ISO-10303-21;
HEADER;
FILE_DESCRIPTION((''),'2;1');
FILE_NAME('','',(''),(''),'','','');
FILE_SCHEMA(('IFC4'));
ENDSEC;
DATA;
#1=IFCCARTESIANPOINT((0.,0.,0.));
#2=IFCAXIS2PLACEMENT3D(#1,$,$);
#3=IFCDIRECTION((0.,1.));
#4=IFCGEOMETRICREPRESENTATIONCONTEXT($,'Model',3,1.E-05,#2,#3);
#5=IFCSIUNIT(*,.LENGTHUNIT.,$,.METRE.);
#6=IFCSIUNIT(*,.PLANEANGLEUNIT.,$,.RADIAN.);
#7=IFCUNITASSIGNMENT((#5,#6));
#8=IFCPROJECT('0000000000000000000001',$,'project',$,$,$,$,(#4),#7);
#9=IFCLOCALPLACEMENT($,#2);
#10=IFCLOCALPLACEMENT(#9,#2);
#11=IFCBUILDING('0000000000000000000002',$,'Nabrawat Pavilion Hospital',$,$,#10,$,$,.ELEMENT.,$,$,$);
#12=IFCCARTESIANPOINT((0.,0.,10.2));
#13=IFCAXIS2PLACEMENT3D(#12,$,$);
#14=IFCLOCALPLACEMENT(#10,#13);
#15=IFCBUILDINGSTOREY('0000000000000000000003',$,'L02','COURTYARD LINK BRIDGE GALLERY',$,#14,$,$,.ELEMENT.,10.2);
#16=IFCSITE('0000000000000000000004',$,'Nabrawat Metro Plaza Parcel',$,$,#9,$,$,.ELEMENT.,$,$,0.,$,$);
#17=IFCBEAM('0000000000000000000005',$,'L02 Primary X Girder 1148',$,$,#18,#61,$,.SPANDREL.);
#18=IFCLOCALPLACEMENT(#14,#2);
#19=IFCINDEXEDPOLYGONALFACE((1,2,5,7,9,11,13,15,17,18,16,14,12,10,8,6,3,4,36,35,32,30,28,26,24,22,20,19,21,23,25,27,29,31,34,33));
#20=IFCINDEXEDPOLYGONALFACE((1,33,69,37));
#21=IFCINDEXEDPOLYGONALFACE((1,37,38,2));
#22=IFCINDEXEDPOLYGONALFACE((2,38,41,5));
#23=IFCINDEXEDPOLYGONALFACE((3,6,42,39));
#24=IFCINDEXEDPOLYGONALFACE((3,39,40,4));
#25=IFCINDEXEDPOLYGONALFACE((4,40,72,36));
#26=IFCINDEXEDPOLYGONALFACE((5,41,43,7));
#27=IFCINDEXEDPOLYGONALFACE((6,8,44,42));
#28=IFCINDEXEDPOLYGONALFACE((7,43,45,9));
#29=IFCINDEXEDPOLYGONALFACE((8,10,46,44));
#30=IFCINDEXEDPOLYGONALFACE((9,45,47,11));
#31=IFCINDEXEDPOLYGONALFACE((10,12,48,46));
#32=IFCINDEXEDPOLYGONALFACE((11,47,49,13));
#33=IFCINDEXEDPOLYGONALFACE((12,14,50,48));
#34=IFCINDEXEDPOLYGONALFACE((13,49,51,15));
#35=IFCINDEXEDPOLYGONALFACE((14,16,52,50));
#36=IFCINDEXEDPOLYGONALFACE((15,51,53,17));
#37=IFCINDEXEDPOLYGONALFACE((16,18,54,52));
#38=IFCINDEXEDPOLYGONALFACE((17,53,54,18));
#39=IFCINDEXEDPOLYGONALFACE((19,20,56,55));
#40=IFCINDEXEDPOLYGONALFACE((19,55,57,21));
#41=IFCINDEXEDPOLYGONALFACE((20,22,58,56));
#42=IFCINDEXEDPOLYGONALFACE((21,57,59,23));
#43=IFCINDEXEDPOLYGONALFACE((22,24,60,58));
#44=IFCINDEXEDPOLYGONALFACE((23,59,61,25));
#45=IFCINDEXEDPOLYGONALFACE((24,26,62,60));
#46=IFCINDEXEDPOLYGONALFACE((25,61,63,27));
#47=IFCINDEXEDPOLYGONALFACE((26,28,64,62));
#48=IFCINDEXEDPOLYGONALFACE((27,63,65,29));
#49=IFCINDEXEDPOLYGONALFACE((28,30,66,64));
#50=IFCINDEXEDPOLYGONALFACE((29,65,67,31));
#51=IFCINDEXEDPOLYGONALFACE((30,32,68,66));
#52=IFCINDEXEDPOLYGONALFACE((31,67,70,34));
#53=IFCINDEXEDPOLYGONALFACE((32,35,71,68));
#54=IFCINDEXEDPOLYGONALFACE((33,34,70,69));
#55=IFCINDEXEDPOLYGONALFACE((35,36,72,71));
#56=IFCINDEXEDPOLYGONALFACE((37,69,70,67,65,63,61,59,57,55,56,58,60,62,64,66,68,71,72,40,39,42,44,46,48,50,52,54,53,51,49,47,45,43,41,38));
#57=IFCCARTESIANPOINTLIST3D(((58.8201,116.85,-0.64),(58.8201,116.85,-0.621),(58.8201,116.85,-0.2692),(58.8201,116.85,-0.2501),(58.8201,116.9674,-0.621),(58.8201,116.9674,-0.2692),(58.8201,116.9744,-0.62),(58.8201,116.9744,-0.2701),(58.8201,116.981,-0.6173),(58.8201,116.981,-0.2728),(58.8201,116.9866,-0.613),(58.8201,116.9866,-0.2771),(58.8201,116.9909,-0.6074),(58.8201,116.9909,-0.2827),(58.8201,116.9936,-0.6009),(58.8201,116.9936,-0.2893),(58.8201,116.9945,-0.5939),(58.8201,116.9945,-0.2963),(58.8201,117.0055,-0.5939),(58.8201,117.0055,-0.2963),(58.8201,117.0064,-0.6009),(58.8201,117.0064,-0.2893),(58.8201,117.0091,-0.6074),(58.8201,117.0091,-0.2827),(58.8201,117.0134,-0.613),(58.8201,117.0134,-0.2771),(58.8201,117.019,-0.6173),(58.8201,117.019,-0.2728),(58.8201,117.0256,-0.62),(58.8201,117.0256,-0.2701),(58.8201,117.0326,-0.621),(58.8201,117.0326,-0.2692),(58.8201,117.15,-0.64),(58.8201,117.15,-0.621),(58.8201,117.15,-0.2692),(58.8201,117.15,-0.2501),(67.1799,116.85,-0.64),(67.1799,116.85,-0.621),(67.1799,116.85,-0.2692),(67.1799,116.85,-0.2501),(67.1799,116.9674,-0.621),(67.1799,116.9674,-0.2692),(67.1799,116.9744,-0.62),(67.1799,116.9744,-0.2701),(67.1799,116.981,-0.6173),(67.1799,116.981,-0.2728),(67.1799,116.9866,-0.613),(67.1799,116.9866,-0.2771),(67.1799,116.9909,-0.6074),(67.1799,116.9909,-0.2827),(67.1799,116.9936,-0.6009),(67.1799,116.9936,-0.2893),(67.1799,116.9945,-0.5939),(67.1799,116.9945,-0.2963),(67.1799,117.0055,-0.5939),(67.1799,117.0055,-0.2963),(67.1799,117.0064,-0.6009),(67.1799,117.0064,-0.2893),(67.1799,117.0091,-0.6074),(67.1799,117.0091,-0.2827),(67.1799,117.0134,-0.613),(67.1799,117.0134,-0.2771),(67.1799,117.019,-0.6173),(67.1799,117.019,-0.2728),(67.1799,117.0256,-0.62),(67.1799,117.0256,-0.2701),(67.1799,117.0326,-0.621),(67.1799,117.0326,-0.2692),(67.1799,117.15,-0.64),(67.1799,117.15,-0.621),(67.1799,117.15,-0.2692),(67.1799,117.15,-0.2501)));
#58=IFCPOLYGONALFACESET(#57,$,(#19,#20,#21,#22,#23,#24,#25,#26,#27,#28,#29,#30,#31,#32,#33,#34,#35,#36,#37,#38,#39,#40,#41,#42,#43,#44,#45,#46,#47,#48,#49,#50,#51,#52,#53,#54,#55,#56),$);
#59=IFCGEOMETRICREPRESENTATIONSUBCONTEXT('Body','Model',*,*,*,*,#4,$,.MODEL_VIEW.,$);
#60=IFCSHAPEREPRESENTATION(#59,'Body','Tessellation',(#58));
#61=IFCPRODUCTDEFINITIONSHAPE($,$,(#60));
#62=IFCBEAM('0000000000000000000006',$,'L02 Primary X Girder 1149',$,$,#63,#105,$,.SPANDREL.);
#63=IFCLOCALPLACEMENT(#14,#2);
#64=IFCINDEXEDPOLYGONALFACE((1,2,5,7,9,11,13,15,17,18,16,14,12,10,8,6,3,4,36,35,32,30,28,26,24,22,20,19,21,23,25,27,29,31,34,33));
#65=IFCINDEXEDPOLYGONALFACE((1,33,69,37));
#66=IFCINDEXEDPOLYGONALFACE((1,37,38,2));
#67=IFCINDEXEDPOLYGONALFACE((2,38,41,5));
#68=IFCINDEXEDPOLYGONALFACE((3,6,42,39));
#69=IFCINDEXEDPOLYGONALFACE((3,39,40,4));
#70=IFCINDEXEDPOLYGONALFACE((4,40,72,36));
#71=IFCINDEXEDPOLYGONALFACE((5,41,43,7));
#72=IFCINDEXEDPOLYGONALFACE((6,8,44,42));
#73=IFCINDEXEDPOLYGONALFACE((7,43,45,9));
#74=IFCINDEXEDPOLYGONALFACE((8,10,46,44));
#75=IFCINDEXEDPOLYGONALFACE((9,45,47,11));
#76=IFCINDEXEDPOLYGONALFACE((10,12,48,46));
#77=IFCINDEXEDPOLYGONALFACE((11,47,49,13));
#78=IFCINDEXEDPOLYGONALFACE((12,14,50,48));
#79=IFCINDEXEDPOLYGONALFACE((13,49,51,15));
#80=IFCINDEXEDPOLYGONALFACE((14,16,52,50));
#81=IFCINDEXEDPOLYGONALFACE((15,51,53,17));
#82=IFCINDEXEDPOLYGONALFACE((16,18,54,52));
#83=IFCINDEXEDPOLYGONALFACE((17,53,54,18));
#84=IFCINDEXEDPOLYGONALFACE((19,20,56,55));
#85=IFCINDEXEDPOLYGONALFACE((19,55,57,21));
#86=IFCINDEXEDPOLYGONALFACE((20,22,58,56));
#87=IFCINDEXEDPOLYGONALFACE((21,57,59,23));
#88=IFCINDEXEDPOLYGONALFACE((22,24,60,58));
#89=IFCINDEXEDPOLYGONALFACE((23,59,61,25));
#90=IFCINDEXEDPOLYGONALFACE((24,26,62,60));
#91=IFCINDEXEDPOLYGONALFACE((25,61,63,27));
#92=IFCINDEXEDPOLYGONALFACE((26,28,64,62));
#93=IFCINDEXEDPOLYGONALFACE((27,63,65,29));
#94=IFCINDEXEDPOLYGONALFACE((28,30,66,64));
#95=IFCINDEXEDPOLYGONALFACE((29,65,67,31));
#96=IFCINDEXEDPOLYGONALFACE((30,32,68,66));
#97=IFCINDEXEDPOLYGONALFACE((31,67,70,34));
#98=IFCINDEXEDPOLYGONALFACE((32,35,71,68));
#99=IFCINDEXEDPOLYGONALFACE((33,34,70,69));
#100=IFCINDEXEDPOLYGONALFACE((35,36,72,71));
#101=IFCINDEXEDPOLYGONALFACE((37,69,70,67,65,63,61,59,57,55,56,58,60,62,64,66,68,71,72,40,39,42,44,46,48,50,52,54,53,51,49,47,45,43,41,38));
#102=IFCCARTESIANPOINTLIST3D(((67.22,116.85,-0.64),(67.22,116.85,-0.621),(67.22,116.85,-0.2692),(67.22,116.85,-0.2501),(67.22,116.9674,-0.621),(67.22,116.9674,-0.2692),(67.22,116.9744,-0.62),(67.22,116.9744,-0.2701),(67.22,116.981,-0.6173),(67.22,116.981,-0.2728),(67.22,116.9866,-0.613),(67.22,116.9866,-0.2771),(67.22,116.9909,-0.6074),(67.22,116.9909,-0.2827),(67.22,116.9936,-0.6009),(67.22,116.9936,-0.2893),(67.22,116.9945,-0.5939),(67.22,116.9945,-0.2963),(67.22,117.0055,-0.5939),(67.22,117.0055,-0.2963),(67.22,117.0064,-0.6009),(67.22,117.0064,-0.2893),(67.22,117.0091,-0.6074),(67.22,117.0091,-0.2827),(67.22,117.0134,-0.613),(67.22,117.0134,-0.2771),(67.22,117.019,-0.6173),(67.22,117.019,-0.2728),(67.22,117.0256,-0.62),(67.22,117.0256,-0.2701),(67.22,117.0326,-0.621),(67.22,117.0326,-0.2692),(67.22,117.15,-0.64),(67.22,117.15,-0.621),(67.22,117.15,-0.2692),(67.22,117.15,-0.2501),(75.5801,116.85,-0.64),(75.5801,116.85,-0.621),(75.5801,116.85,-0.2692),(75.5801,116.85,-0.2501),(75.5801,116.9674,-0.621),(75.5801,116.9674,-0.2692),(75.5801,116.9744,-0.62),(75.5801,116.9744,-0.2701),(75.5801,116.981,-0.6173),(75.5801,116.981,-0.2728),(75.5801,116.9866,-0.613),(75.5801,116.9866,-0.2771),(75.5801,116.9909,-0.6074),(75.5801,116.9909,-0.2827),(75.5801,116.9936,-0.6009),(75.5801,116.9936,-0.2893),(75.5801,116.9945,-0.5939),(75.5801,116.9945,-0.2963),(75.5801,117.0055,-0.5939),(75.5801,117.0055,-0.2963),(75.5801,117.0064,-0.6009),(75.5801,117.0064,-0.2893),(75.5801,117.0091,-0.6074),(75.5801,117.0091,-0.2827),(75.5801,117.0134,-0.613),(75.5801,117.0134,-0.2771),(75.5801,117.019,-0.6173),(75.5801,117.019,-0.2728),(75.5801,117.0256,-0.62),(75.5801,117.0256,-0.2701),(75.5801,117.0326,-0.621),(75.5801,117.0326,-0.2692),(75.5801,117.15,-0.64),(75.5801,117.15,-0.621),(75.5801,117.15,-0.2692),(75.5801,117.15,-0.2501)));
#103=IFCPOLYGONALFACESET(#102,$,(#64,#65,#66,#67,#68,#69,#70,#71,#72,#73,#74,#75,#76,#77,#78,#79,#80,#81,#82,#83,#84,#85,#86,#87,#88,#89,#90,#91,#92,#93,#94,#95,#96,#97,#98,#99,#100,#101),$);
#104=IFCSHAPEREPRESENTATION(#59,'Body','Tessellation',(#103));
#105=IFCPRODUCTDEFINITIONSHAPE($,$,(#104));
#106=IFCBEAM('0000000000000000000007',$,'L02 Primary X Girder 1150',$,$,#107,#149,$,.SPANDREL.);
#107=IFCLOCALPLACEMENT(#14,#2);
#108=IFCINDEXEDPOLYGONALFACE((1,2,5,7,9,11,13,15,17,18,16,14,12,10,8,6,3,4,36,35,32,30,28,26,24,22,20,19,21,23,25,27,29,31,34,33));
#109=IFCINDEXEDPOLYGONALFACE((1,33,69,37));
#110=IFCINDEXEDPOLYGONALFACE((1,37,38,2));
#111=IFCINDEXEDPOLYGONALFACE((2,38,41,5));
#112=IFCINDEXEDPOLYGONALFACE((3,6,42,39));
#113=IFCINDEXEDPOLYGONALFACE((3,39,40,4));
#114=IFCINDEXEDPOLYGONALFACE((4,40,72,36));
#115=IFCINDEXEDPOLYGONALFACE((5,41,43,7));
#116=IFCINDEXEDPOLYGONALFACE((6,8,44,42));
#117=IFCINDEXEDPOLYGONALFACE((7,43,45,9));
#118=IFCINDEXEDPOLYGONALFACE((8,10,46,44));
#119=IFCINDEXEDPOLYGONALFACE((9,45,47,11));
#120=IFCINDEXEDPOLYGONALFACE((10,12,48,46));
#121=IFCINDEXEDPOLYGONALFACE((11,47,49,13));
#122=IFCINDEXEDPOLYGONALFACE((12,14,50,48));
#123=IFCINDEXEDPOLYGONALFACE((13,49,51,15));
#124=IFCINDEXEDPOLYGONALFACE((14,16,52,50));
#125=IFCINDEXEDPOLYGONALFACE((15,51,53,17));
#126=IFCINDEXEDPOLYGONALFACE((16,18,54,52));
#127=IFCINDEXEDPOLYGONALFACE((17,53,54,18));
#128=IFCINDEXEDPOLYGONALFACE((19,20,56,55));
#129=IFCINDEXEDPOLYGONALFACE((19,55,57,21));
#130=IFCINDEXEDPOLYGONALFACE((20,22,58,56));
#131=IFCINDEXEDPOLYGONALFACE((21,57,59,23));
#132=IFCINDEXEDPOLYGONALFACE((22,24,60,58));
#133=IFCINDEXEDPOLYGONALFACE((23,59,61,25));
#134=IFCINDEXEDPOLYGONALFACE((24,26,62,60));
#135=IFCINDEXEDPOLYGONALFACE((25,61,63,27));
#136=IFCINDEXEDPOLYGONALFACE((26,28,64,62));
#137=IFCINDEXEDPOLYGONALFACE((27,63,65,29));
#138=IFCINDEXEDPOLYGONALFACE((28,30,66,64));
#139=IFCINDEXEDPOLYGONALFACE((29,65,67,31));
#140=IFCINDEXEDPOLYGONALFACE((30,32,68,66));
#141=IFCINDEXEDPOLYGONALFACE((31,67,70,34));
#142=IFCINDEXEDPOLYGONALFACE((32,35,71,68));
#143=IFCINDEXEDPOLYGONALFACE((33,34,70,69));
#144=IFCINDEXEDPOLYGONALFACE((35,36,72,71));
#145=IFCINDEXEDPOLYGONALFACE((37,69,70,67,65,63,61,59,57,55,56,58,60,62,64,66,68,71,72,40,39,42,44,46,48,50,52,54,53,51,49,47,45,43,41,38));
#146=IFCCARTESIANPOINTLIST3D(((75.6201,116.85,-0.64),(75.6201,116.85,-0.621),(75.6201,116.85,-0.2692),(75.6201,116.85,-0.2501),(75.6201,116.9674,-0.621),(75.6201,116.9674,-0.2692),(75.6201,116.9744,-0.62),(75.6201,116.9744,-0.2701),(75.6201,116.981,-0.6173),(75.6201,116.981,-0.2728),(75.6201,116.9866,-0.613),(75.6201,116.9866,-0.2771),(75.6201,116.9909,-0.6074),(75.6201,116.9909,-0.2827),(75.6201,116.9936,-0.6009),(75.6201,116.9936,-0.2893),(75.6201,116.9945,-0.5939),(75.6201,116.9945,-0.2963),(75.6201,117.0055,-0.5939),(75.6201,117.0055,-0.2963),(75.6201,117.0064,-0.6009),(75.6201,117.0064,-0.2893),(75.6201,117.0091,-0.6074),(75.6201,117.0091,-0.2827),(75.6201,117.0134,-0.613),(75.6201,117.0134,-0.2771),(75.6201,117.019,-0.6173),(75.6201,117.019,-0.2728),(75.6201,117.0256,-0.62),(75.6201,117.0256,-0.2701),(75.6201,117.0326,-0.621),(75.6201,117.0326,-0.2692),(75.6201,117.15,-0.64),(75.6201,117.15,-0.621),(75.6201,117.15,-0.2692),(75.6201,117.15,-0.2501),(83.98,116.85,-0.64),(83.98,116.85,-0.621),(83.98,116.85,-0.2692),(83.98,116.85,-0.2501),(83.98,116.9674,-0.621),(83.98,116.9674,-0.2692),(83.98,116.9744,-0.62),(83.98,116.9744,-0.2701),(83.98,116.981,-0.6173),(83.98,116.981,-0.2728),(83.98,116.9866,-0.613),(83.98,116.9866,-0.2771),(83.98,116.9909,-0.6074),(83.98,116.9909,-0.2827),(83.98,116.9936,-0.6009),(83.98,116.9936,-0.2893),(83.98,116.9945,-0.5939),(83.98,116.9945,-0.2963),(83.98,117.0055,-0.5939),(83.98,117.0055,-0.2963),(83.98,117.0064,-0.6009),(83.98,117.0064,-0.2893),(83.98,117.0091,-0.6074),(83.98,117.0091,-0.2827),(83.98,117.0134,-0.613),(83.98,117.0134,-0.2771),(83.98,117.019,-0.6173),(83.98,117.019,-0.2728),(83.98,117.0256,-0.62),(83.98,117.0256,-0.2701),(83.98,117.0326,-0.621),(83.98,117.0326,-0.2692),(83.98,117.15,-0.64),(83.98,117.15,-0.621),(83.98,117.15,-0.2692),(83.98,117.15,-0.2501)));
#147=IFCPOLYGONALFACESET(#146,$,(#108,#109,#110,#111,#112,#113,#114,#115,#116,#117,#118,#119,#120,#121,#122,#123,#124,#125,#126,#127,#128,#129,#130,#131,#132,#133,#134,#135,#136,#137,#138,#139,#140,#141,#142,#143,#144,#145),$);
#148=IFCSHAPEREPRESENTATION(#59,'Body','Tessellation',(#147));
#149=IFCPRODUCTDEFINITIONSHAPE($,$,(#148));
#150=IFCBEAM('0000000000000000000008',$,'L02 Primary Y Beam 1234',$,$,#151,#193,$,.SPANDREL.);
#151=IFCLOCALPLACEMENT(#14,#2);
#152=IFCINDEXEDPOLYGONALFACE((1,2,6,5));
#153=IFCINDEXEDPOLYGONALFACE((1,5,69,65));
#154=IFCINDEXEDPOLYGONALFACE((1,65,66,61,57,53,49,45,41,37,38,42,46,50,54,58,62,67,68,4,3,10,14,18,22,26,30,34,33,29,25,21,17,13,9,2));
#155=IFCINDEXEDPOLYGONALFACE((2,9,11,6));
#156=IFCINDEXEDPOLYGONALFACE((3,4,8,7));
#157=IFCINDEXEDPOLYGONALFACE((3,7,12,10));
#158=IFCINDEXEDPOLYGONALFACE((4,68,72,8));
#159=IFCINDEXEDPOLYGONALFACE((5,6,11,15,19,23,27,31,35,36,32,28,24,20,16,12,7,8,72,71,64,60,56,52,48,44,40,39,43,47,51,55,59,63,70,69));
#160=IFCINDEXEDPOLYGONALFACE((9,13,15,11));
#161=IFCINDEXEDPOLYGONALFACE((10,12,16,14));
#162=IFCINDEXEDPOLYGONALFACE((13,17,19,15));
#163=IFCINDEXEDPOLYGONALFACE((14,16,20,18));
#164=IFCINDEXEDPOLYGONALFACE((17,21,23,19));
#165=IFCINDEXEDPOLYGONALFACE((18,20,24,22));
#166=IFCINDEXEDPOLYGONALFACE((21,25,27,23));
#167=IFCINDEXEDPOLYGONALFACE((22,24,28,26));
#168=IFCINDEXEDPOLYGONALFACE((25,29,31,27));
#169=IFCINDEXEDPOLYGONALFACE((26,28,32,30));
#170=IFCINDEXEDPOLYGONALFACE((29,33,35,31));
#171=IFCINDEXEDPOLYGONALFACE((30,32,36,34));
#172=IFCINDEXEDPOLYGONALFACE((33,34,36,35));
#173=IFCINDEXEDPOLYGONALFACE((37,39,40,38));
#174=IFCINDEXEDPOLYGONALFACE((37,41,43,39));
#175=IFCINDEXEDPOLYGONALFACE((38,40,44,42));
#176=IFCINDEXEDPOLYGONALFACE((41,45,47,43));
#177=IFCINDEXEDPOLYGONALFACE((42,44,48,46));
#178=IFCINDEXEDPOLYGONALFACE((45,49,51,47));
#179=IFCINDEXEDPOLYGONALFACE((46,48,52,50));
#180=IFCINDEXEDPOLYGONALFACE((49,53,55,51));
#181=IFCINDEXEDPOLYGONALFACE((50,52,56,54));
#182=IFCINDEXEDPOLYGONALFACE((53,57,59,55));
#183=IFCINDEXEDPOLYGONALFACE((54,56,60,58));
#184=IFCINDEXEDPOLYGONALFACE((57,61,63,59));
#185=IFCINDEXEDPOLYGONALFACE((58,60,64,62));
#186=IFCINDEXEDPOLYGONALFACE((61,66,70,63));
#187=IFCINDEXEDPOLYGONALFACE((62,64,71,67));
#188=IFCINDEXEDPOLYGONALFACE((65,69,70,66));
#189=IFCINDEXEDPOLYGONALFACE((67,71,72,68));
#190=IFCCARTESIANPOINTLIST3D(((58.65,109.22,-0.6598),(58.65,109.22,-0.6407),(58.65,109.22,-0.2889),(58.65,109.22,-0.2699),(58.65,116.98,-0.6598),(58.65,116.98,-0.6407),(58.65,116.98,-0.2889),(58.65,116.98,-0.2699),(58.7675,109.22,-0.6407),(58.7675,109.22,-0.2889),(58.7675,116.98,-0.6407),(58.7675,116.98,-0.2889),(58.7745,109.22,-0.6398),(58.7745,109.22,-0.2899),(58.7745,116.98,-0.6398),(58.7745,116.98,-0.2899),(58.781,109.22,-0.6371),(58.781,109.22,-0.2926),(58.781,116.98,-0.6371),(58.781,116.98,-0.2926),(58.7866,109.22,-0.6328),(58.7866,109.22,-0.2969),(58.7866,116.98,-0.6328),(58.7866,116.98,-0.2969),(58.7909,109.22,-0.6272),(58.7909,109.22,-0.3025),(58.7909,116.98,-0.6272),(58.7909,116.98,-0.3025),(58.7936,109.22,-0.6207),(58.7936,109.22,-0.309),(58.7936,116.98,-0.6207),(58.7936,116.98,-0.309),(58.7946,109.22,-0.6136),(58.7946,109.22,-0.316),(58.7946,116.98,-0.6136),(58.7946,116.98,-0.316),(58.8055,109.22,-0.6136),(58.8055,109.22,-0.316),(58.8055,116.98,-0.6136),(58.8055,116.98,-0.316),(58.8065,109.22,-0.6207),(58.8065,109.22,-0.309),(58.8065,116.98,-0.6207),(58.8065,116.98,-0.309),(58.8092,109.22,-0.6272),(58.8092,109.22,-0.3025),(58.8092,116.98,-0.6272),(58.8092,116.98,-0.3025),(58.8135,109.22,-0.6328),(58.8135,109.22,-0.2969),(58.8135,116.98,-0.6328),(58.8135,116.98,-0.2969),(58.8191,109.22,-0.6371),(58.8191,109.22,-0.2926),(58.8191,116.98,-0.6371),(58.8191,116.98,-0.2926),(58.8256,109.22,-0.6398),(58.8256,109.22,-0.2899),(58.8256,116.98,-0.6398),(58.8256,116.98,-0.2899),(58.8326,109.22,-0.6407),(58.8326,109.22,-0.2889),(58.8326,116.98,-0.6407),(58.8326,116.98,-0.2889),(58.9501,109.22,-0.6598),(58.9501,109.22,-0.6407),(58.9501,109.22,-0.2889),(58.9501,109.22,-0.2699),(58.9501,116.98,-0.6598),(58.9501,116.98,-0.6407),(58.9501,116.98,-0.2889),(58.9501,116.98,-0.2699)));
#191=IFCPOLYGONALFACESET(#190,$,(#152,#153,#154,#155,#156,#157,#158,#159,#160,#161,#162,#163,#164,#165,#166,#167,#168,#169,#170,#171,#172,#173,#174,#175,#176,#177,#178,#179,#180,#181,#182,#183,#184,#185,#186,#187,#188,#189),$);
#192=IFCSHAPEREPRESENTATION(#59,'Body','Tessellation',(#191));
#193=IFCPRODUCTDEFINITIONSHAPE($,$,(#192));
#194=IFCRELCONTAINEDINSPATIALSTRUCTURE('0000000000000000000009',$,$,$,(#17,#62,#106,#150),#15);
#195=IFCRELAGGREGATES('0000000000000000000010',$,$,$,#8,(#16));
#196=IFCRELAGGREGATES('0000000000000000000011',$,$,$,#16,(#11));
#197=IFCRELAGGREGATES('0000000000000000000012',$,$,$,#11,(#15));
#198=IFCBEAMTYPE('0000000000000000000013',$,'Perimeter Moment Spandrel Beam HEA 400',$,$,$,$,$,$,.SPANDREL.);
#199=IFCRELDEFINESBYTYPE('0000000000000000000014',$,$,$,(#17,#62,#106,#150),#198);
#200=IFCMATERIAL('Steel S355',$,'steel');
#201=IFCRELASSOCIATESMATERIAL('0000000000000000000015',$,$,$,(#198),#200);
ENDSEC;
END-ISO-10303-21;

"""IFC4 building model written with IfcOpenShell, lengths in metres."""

from ifc_helpers import new_model, si_unit, direction, frame, origin, origin_2d, place, context, subcontext, project, spatial, i_section, extrude, material, material_profile, profile_set, type_object, element, save


model = new_model("IFC4")

# Units and contexts
model_context = context("Model", 3, precision=1e-05, world=origin(), true_north=direction((0.0, 1.0)))
body_context = subcontext(model_context, "Body", "Model", "MODEL_VIEW")
ifc_project = project(units=[si_unit("LENGTHUNIT", "METRE"), si_unit("PLANEANGLEUNIT", "RADIAN")], contexts=[model_context])

# Site, building, storey
site_placement = place(None, origin())
site = spatial("IfcSite", under=ifc_project, at=site_placement, Name="Nabrawat Metro Plaza Parcel", CompositionType="ELEMENT", RefElevation=0.0)
building_placement = place(site_placement, origin())
building = spatial("IfcBuilding", under=site, at=building_placement, Name="Nabrawat Pavilion Hospital", CompositionType="ELEMENT")
storey_placement = place(building_placement, frame((0.0, 0.0, 10.2)))
storey = spatial("IfcBuildingStorey", under=building, at=storey_placement, Name="L02", Description="COURTYARD LINK BRIDGE GALLERY", CompositionType="ELEMENT", Elevation=10.2)

# Shared definitions
ifc_material_1 = material(Name="Steel S355", Category="steel")

# Beams
ifc_material_profile_1 = material_profile(ifc_material_1, i_section(OverallWidth=0.3, OverallDepth=0.3899, WebThickness=0.011, FlangeThickness=0.019, FilletRadius=0.0271, at=origin_2d()), Name="HEA 400")
ifc_profile_set_1 = profile_set([ifc_material_profile_1], Name="Steel S355")
beam_type_1 = type_object("IfcBeamType", Name="Perimeter Moment Spandrel Beam HEA 400", PredefinedType="SPANDREL", material=ifc_profile_set_1)
beam_1_placement = place(storey_placement, frame((58.8201, 117.0, -0.4451), z_axis=(1.0, 0.0, 0.0), x_axis=(0.0, 1.0, 0.0)))
element("IfcBeam", 1, at=beam_1_placement, inside=storey, type_object=beam_type_1, Name="L02 Primary X Girder 1148", PredefinedType="SPANDREL", context=body_context, shape_type="SweptSolid", body=[
    extrude(i_section(OverallWidth=0.3, OverallDepth=0.3899, WebThickness=0.011, FlangeThickness=0.019, FilletRadius=0.0271, at=origin_2d()), origin(), (0.0, 0.0, 1.0), 8.3599),
])
beam_2_placement = place(storey_placement, frame((67.22, 117.0, -0.4451), z_axis=(1.0, 0.0, 0.0), x_axis=(0.0, 1.0, 0.0)))
element("IfcBeam", 2, at=beam_2_placement, inside=storey, type_object=beam_type_1, Name="L02 Primary X Girder 1149", PredefinedType="SPANDREL", context=body_context, shape_type="SweptSolid", body=[
    extrude(i_section(OverallWidth=0.3, OverallDepth=0.3899, WebThickness=0.011, FlangeThickness=0.019, FilletRadius=0.0271, at=origin_2d()), origin(), (0.0, 0.0, 1.0), 8.3601),
])
beam_3_placement = place(storey_placement, frame((75.6201, 117.0, -0.4451), z_axis=(1.0, 0.0, 0.0), x_axis=(0.0, 1.0, 0.0)))
element("IfcBeam", 3, at=beam_3_placement, inside=storey, type_object=beam_type_1, Name="L02 Primary X Girder 1150", PredefinedType="SPANDREL", context=body_context, shape_type="SweptSolid", body=[
    extrude(i_section(OverallWidth=0.3, OverallDepth=0.3899, WebThickness=0.011, FlangeThickness=0.019, FilletRadius=0.0271, at=origin_2d()), origin(), (0.0, 0.0, 1.0), 8.3599),
])
beam_4_placement = place(storey_placement, frame((58.8, 109.22, -0.4648), z_axis=(0.0, 1.0, 0.0), x_axis=(-1.0, 0.0, 0.0)))
element("IfcBeam", 4, at=beam_4_placement, inside=storey, type_object=beam_type_1, Name="L02 Primary Y Beam 1234", PredefinedType="SPANDREL", context=body_context, shape_type="SweptSolid", body=[
    extrude(i_section(OverallWidth=0.3, OverallDepth=0.3899, WebThickness=0.011, FlangeThickness=0.019, FilletRadius=0.0271, at=origin_2d()), origin(), (0.0, 0.0, 1.0), 7.76),
])

save(model, "model.ifc")
